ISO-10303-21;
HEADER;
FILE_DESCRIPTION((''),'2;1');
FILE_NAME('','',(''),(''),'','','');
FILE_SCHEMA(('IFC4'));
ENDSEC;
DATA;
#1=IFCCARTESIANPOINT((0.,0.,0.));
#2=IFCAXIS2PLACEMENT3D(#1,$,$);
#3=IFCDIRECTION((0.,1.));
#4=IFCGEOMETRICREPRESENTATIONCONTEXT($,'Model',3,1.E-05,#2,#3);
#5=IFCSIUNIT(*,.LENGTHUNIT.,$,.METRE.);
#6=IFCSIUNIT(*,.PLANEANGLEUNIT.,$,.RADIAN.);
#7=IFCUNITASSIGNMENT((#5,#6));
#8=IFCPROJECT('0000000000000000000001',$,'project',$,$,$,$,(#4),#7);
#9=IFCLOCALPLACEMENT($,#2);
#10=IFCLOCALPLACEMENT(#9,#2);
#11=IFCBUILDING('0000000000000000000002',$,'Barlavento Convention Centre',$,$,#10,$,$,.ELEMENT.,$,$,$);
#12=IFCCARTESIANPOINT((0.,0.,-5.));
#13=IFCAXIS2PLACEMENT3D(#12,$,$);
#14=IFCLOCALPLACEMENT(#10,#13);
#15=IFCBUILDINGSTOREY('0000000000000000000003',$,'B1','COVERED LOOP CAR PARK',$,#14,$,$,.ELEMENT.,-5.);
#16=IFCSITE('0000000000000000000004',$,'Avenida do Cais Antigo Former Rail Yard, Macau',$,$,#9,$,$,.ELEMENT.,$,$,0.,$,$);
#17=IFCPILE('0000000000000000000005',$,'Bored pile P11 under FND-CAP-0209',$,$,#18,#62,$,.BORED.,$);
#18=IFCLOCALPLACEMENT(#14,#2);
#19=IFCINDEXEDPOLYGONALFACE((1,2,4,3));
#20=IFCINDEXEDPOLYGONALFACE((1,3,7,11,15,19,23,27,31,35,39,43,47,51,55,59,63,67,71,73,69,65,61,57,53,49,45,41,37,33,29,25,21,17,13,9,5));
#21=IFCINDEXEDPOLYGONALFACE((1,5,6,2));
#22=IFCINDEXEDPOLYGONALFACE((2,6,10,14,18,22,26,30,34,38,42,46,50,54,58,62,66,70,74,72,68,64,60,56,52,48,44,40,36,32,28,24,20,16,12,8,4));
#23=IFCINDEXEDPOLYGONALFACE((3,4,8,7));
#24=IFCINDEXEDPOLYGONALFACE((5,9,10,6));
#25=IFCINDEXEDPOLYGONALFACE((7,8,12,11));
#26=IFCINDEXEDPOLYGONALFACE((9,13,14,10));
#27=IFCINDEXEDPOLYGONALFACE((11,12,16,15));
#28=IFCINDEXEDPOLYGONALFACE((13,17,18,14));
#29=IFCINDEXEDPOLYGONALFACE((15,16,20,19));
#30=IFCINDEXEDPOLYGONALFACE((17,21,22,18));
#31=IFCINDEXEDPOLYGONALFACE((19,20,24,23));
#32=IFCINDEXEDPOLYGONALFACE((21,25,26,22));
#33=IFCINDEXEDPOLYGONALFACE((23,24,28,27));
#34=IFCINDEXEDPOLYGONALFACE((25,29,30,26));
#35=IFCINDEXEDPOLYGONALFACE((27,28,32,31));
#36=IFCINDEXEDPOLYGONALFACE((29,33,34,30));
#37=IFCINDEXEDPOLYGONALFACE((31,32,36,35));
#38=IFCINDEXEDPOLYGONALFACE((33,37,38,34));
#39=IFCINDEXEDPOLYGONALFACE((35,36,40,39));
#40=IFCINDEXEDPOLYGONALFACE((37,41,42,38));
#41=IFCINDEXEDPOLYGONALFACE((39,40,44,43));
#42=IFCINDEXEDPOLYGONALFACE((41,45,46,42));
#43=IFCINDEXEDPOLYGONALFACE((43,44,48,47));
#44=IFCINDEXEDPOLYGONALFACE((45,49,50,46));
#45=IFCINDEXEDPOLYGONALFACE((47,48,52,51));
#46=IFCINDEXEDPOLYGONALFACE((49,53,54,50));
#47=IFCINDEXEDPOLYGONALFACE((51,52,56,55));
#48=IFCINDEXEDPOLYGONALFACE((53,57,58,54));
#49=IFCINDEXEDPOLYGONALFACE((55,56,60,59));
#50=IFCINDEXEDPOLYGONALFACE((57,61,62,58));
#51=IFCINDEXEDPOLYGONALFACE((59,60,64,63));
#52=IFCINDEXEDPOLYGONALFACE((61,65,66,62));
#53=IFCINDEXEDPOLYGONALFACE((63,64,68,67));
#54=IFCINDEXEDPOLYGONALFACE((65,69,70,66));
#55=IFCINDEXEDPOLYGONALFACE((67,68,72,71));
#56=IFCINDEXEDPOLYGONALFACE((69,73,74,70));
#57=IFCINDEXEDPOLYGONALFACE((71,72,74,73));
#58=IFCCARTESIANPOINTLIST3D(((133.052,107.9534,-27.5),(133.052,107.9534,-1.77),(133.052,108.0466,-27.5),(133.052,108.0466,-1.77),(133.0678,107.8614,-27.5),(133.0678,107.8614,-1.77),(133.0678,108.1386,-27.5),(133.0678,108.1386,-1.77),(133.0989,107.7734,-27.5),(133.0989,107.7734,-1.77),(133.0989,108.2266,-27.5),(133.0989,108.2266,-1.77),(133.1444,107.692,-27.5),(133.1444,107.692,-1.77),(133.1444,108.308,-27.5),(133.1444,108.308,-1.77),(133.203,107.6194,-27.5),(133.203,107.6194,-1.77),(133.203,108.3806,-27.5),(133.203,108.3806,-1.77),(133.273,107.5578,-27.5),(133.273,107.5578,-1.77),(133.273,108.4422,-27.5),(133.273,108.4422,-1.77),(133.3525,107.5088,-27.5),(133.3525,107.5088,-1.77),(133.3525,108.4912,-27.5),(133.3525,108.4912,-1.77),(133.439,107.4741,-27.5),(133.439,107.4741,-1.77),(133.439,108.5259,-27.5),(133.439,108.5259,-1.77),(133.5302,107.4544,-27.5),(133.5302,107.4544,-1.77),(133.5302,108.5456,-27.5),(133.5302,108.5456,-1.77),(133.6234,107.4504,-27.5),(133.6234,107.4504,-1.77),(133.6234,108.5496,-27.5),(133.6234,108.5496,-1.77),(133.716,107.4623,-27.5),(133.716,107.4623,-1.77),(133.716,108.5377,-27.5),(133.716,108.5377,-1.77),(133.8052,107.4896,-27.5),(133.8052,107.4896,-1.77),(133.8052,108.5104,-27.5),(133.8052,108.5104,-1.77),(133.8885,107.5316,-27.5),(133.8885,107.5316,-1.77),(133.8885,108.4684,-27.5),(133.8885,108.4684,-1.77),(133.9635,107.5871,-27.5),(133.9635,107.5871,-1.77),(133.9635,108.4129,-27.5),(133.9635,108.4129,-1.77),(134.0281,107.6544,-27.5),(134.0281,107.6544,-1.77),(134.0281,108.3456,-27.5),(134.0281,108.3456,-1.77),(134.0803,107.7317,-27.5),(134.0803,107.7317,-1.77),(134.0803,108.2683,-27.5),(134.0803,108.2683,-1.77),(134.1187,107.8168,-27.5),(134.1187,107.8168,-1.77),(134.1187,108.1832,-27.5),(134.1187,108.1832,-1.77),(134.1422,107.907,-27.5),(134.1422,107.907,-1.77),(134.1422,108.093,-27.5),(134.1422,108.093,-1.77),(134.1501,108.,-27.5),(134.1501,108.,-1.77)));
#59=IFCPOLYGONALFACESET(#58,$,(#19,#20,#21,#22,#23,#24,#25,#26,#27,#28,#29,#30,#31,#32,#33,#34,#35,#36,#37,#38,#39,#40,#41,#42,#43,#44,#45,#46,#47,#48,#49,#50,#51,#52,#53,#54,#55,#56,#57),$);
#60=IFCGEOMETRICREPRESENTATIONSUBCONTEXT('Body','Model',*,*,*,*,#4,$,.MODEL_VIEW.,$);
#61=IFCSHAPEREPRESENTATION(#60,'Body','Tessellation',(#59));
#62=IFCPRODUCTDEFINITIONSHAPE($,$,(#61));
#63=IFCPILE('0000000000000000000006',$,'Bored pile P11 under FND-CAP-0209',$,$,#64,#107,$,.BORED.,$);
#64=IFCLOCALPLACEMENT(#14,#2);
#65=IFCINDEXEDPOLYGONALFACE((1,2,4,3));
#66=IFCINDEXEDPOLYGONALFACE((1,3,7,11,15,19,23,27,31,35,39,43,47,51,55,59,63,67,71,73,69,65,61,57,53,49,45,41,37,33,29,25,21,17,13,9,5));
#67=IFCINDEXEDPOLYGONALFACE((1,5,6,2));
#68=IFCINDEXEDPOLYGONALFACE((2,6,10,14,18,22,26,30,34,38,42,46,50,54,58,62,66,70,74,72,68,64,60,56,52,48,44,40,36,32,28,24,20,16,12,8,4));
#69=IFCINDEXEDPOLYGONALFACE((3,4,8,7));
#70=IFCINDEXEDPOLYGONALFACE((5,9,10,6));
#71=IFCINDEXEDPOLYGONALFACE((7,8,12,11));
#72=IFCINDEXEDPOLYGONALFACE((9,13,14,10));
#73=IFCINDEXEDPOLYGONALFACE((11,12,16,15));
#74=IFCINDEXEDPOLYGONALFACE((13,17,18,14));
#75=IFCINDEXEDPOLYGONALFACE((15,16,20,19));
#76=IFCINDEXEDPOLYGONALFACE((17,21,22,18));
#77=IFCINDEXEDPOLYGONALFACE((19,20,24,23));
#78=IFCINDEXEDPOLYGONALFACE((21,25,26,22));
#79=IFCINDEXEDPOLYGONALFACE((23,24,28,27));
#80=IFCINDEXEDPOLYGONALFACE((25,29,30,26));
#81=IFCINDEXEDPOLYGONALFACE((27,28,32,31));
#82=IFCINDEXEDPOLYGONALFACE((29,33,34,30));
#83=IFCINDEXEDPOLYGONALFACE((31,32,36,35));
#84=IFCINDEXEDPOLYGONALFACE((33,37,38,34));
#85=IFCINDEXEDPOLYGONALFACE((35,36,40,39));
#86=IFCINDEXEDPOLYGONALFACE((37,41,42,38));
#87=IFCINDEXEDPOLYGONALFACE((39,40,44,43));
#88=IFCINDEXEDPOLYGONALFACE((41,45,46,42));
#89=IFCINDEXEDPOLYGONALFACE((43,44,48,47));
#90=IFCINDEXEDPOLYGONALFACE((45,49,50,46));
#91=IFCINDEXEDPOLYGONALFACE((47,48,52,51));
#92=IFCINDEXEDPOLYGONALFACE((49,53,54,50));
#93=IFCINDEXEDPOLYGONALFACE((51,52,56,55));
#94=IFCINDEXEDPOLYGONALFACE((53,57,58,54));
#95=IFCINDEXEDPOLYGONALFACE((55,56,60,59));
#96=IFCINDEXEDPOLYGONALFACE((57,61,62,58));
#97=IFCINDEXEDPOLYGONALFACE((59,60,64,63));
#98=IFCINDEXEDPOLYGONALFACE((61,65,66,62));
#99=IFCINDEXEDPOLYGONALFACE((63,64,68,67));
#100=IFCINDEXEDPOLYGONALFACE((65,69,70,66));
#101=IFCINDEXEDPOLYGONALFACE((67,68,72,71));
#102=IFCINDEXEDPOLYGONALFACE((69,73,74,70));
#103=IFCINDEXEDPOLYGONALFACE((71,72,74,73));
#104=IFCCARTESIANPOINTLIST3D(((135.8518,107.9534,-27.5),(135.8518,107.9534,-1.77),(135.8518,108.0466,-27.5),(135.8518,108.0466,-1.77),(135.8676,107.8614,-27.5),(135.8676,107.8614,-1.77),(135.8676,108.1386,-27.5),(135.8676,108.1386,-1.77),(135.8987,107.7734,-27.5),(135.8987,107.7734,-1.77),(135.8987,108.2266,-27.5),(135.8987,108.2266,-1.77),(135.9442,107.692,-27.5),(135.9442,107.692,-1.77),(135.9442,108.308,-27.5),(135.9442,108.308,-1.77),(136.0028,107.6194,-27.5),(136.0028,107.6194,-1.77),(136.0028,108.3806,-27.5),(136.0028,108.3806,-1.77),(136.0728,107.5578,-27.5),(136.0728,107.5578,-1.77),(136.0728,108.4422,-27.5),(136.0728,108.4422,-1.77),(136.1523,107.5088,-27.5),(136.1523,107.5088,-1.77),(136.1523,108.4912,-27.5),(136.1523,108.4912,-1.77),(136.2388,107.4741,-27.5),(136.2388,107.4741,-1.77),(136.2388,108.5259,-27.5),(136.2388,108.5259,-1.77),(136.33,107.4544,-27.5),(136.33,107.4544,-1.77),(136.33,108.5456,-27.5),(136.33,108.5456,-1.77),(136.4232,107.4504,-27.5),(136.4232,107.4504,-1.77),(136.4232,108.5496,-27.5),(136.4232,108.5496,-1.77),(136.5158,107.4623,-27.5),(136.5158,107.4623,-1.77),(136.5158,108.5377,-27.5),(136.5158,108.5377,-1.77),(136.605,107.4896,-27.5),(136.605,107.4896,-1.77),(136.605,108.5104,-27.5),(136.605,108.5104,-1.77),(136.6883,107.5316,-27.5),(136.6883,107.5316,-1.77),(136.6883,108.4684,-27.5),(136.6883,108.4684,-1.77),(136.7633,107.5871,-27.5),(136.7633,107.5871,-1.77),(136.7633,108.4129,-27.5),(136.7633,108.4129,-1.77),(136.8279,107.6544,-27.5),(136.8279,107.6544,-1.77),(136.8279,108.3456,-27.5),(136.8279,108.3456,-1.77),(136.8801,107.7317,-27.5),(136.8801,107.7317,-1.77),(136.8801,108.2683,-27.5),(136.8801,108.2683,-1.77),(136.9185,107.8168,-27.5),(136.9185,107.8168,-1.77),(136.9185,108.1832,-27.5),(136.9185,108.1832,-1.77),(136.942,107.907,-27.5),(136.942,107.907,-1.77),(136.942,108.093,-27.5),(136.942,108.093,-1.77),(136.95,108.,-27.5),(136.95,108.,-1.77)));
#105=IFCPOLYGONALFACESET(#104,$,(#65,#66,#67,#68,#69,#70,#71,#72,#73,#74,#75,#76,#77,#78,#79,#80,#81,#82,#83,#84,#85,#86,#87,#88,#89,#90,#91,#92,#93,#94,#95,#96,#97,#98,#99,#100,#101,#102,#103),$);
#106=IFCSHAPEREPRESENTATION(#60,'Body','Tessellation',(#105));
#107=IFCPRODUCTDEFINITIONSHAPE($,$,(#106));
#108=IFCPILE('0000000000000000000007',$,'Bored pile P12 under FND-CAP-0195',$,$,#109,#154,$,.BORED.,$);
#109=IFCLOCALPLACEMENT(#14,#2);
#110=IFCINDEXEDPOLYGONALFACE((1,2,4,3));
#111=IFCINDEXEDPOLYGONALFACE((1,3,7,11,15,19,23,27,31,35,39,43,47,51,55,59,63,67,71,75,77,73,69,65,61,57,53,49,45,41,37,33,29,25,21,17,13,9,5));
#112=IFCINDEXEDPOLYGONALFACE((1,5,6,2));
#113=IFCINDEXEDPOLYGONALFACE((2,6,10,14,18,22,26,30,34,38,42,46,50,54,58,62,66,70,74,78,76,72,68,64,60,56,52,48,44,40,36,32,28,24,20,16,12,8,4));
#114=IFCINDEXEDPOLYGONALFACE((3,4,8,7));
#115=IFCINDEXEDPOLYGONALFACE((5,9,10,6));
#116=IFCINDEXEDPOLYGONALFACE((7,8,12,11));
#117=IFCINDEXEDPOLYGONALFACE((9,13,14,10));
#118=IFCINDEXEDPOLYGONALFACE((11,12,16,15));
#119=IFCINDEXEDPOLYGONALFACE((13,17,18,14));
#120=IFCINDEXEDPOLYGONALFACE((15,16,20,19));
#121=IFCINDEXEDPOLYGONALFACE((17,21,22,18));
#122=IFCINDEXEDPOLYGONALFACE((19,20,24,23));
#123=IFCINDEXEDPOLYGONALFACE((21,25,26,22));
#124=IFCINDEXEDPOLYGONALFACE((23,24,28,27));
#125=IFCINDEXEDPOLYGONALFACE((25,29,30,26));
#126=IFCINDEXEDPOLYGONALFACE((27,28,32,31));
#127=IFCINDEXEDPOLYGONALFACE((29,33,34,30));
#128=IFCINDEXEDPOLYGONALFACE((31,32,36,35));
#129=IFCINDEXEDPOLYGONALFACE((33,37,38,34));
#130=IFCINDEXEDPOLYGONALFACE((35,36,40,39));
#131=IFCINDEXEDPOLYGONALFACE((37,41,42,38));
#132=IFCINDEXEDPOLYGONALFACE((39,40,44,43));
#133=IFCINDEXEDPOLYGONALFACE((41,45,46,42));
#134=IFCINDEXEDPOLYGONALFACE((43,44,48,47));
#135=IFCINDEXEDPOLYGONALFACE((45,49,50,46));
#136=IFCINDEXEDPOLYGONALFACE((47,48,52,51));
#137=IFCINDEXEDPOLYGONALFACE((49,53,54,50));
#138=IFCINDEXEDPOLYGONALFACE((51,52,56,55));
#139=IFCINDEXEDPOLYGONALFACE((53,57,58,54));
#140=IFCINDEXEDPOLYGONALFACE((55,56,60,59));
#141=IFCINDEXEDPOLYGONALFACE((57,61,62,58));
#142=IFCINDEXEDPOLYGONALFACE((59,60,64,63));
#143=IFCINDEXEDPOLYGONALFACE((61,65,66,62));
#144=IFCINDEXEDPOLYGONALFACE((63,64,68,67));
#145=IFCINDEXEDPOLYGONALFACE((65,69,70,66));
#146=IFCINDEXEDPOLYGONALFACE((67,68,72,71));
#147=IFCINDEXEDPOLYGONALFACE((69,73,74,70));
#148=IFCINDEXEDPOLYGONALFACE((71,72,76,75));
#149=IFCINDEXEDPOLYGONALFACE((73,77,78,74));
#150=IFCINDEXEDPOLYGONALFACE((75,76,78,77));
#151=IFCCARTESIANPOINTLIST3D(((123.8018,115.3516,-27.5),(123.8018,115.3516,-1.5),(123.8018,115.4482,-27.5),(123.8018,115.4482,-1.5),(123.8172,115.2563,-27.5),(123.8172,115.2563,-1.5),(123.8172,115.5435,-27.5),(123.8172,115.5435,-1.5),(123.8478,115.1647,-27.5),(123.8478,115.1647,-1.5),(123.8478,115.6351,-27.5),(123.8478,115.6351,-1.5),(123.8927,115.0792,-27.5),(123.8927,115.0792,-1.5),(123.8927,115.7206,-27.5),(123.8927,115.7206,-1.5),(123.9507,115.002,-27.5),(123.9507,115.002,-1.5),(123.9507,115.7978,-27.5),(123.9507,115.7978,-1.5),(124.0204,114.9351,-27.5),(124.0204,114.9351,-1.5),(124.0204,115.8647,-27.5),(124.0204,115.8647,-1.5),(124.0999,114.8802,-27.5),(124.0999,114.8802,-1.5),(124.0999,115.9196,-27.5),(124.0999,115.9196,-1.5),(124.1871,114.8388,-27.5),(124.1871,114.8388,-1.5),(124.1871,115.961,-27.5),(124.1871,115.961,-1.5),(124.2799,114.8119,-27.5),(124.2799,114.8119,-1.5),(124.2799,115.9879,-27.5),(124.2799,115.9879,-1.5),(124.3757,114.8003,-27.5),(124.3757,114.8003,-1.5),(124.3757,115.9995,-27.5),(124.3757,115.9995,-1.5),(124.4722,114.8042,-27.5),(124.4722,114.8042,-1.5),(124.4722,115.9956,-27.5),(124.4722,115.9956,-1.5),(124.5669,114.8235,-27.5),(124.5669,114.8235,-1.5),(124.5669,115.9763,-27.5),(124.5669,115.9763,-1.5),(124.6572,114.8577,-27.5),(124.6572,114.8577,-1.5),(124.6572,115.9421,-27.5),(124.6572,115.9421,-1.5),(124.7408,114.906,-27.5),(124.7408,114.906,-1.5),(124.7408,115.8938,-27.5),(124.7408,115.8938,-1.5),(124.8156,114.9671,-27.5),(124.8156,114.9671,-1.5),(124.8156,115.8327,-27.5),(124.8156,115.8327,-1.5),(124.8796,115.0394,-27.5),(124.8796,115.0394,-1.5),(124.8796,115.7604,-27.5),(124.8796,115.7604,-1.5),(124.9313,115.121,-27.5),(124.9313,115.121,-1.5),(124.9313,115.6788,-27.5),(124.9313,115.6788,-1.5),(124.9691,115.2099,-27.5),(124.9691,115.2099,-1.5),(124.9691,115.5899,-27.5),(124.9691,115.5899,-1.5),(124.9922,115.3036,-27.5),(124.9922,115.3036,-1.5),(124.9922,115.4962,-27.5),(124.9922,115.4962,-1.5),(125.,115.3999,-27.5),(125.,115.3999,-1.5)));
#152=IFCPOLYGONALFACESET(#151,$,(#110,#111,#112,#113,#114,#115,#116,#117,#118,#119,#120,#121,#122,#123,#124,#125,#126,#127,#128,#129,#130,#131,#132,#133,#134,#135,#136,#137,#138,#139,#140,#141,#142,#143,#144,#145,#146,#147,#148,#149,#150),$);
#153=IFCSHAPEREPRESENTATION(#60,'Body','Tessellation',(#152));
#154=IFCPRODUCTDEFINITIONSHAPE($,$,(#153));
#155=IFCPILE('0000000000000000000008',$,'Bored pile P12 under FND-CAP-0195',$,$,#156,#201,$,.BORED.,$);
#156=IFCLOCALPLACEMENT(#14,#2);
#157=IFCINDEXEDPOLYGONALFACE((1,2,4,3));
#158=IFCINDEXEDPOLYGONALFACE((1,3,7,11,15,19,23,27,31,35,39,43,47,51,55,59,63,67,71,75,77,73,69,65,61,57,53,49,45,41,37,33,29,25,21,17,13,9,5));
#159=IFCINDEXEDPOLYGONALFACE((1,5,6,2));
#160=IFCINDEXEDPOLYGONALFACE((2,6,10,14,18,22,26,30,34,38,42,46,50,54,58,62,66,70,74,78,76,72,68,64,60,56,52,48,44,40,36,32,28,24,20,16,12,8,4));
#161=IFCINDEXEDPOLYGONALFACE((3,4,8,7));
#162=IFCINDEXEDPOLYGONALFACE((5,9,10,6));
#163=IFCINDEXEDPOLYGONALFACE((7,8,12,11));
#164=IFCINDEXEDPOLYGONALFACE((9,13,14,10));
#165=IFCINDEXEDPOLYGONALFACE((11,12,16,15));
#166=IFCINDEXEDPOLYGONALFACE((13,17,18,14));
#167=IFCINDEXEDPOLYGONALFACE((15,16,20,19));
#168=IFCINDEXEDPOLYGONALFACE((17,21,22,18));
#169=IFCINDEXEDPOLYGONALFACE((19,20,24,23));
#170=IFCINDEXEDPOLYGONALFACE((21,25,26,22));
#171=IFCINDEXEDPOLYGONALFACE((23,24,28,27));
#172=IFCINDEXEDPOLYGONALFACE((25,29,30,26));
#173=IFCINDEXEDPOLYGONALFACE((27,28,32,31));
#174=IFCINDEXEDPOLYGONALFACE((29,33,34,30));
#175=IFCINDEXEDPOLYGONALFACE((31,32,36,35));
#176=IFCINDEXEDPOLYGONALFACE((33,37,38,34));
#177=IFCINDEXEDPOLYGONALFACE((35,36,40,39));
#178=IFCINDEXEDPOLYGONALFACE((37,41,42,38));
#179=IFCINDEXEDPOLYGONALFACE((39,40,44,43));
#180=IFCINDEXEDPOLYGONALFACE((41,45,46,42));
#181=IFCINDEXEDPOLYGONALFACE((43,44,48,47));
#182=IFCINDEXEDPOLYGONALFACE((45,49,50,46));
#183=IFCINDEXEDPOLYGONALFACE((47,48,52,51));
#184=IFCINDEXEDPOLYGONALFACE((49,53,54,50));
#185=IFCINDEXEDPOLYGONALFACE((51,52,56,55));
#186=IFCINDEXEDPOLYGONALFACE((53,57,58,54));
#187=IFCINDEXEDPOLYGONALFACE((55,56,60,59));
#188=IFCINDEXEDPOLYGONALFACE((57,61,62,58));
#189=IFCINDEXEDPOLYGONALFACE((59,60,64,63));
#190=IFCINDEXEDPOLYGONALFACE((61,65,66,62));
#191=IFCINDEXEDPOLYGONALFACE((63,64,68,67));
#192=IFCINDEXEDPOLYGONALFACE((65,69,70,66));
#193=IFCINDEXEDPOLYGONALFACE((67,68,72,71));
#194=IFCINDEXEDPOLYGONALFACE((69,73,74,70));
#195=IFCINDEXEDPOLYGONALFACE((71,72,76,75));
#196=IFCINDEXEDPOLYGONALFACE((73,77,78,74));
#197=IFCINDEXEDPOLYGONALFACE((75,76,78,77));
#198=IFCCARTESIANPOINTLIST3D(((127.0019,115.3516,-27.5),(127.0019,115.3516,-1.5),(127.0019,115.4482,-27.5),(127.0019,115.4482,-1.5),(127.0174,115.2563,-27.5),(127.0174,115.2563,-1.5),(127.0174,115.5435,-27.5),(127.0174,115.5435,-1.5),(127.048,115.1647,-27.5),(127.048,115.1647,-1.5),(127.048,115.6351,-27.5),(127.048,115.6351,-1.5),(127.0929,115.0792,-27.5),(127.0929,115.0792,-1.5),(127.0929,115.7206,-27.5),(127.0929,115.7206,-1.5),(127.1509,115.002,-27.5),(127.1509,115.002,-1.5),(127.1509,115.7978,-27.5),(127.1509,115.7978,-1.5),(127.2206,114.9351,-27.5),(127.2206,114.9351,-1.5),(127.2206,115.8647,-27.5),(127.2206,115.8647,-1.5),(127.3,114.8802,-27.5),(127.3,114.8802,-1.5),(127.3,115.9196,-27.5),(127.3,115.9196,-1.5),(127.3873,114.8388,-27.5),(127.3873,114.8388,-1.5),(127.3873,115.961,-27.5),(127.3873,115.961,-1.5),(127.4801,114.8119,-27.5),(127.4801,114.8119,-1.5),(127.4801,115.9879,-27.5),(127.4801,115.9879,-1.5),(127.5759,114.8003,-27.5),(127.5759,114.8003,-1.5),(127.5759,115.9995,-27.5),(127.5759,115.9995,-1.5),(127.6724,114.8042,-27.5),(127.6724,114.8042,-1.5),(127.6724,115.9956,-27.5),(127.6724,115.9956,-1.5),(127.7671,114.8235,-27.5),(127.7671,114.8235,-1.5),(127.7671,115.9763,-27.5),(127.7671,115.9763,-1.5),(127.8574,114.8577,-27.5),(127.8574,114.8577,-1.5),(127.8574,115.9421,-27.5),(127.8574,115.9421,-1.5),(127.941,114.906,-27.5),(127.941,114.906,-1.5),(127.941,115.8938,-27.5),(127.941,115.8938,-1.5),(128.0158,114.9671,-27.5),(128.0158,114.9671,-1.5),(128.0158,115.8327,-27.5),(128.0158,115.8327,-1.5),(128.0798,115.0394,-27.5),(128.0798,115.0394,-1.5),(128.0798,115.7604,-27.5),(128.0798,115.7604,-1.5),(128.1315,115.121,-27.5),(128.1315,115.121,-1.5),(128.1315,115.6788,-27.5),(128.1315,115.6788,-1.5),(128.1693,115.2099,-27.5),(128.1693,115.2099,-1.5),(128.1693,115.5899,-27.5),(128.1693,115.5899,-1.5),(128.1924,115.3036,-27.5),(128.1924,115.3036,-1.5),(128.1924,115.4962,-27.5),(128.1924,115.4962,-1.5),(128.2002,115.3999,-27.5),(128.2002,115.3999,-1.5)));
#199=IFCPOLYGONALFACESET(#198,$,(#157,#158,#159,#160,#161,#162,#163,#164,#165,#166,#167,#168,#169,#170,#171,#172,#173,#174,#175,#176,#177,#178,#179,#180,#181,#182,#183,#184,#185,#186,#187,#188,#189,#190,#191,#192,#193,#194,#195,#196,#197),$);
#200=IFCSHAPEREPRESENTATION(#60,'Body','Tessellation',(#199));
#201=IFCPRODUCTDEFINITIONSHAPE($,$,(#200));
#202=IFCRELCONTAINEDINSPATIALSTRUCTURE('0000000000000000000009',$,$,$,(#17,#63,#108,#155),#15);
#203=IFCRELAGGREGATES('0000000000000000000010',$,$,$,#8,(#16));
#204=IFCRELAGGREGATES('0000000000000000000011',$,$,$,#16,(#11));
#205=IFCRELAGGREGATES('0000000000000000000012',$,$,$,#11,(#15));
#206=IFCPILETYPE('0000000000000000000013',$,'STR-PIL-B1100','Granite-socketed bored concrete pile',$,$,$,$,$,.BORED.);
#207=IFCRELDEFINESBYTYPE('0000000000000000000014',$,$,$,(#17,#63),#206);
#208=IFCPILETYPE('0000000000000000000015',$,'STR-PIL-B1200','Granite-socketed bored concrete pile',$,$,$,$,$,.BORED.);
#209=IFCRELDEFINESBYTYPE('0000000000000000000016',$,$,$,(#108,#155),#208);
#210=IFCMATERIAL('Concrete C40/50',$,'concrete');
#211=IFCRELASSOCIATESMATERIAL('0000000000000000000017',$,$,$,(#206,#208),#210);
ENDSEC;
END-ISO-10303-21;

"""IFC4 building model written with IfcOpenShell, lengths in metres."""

from ifc_helpers import new_model, si_unit, direction, frame, origin, origin_2d, place, context, subcontext, project, spatial, circle, extrude, material, material_profile, profile_set, type_object, element, save


model = new_model("IFC4")

# Units and contexts
model_context = context("Model", 3, precision=1e-05, world=origin(), true_north=direction((0.0, 1.0)))
body_context = subcontext(model_context, "Body", "Model", "MODEL_VIEW")
ifc_project = project(units=[si_unit("LENGTHUNIT", "METRE"), si_unit("PLANEANGLEUNIT", "RADIAN")], contexts=[model_context])

# Site, building, storey
site_placement = place(None, origin())
site = spatial("IfcSite", under=ifc_project, at=site_placement, Name="Avenida do Cais Antigo Former Rail Yard, Macau", CompositionType="ELEMENT", RefElevation=0.0)
building_placement = place(site_placement, origin())
building = spatial("IfcBuilding", under=site, at=building_placement, Name="Barlavento Convention Centre", CompositionType="ELEMENT")
storey_placement = place(building_placement, frame((0.0, 0.0, -5.0)))
storey = spatial("IfcBuildingStorey", under=building, at=storey_placement, Name="B1", Description="COVERED LOOP CAR PARK", CompositionType="ELEMENT", Elevation=-5.0)

# Shared definitions
ifc_material_1 = material(Name="Concrete C40/50", Category="concrete")

# Piles
ifc_material_profile_1 = material_profile(ifc_material_1, circle(Radius=0.55, at=origin_2d()), Name="BORED PILE 1100")
ifc_profile_set_1 = profile_set([ifc_material_profile_1], Name="Concrete C40/50")
pile_type_1 = type_object("IfcPileType", Name="STR-PIL-B1100", Description="Granite-socketed bored concrete pile", PredefinedType="BORED", material=ifc_profile_set_1)
for number, where, z_axis, x_axis, name in (
    (1, (133.6001, 108.0, -1.77), (0.0, 0.0, -1.0), (1.0, 0.0, 0.0), "Bored pile P11 under FND-CAP-0209"),
    (2, (136.3999, 108.0, -1.77), (0.0, 0.0, -1.0), (1.0, 0.0, 0.0), "Bored pile P11 under FND-CAP-0209"),
):
    element("IfcPile", number, at=place(storey_placement, frame(where, z_axis=z_axis, x_axis=x_axis)), inside=storey, type_object=pile_type_1, Name=name, PredefinedType="BORED", context=body_context, shape_type="SweptSolid", body=[
        extrude(circle(Radius=0.55, at=origin_2d()), origin(), (0.0, 0.0, 1.0), 25.73),
    ])
ifc_material_profile_2 = material_profile(ifc_material_1, circle(Radius=0.6001, at=origin_2d()), Name="BORED PILE 1200")
ifc_profile_set_2 = profile_set([ifc_material_profile_2], Name="Concrete C40/50")
pile_type_2 = type_object("IfcPileType", Name="STR-PIL-B1200", Description="Granite-socketed bored concrete pile", PredefinedType="BORED", material=ifc_profile_set_2)
for number, where, z_axis, x_axis, name in (
    (3, (124.3999, 115.3999, -1.5), (0.0, 0.0, -1.0), (1.0, 0.0, 0.0), "Bored pile P12 under FND-CAP-0195"),
    (4, (127.6001, 115.3999, -1.5), (0.0, 0.0, -1.0), (1.0, 0.0, 0.0), "Bored pile P12 under FND-CAP-0195"),
):
    element("IfcPile", number, at=place(storey_placement, frame(where, z_axis=z_axis, x_axis=x_axis)), inside=storey, type_object=pile_type_2, Name=name, PredefinedType="BORED", context=body_context, shape_type="SweptSolid", body=[
        extrude(circle(Radius=0.6001, at=origin_2d()), origin(), (0.0, 0.0, 1.0), 26.0),
    ])

save(model, "model.ifc")
